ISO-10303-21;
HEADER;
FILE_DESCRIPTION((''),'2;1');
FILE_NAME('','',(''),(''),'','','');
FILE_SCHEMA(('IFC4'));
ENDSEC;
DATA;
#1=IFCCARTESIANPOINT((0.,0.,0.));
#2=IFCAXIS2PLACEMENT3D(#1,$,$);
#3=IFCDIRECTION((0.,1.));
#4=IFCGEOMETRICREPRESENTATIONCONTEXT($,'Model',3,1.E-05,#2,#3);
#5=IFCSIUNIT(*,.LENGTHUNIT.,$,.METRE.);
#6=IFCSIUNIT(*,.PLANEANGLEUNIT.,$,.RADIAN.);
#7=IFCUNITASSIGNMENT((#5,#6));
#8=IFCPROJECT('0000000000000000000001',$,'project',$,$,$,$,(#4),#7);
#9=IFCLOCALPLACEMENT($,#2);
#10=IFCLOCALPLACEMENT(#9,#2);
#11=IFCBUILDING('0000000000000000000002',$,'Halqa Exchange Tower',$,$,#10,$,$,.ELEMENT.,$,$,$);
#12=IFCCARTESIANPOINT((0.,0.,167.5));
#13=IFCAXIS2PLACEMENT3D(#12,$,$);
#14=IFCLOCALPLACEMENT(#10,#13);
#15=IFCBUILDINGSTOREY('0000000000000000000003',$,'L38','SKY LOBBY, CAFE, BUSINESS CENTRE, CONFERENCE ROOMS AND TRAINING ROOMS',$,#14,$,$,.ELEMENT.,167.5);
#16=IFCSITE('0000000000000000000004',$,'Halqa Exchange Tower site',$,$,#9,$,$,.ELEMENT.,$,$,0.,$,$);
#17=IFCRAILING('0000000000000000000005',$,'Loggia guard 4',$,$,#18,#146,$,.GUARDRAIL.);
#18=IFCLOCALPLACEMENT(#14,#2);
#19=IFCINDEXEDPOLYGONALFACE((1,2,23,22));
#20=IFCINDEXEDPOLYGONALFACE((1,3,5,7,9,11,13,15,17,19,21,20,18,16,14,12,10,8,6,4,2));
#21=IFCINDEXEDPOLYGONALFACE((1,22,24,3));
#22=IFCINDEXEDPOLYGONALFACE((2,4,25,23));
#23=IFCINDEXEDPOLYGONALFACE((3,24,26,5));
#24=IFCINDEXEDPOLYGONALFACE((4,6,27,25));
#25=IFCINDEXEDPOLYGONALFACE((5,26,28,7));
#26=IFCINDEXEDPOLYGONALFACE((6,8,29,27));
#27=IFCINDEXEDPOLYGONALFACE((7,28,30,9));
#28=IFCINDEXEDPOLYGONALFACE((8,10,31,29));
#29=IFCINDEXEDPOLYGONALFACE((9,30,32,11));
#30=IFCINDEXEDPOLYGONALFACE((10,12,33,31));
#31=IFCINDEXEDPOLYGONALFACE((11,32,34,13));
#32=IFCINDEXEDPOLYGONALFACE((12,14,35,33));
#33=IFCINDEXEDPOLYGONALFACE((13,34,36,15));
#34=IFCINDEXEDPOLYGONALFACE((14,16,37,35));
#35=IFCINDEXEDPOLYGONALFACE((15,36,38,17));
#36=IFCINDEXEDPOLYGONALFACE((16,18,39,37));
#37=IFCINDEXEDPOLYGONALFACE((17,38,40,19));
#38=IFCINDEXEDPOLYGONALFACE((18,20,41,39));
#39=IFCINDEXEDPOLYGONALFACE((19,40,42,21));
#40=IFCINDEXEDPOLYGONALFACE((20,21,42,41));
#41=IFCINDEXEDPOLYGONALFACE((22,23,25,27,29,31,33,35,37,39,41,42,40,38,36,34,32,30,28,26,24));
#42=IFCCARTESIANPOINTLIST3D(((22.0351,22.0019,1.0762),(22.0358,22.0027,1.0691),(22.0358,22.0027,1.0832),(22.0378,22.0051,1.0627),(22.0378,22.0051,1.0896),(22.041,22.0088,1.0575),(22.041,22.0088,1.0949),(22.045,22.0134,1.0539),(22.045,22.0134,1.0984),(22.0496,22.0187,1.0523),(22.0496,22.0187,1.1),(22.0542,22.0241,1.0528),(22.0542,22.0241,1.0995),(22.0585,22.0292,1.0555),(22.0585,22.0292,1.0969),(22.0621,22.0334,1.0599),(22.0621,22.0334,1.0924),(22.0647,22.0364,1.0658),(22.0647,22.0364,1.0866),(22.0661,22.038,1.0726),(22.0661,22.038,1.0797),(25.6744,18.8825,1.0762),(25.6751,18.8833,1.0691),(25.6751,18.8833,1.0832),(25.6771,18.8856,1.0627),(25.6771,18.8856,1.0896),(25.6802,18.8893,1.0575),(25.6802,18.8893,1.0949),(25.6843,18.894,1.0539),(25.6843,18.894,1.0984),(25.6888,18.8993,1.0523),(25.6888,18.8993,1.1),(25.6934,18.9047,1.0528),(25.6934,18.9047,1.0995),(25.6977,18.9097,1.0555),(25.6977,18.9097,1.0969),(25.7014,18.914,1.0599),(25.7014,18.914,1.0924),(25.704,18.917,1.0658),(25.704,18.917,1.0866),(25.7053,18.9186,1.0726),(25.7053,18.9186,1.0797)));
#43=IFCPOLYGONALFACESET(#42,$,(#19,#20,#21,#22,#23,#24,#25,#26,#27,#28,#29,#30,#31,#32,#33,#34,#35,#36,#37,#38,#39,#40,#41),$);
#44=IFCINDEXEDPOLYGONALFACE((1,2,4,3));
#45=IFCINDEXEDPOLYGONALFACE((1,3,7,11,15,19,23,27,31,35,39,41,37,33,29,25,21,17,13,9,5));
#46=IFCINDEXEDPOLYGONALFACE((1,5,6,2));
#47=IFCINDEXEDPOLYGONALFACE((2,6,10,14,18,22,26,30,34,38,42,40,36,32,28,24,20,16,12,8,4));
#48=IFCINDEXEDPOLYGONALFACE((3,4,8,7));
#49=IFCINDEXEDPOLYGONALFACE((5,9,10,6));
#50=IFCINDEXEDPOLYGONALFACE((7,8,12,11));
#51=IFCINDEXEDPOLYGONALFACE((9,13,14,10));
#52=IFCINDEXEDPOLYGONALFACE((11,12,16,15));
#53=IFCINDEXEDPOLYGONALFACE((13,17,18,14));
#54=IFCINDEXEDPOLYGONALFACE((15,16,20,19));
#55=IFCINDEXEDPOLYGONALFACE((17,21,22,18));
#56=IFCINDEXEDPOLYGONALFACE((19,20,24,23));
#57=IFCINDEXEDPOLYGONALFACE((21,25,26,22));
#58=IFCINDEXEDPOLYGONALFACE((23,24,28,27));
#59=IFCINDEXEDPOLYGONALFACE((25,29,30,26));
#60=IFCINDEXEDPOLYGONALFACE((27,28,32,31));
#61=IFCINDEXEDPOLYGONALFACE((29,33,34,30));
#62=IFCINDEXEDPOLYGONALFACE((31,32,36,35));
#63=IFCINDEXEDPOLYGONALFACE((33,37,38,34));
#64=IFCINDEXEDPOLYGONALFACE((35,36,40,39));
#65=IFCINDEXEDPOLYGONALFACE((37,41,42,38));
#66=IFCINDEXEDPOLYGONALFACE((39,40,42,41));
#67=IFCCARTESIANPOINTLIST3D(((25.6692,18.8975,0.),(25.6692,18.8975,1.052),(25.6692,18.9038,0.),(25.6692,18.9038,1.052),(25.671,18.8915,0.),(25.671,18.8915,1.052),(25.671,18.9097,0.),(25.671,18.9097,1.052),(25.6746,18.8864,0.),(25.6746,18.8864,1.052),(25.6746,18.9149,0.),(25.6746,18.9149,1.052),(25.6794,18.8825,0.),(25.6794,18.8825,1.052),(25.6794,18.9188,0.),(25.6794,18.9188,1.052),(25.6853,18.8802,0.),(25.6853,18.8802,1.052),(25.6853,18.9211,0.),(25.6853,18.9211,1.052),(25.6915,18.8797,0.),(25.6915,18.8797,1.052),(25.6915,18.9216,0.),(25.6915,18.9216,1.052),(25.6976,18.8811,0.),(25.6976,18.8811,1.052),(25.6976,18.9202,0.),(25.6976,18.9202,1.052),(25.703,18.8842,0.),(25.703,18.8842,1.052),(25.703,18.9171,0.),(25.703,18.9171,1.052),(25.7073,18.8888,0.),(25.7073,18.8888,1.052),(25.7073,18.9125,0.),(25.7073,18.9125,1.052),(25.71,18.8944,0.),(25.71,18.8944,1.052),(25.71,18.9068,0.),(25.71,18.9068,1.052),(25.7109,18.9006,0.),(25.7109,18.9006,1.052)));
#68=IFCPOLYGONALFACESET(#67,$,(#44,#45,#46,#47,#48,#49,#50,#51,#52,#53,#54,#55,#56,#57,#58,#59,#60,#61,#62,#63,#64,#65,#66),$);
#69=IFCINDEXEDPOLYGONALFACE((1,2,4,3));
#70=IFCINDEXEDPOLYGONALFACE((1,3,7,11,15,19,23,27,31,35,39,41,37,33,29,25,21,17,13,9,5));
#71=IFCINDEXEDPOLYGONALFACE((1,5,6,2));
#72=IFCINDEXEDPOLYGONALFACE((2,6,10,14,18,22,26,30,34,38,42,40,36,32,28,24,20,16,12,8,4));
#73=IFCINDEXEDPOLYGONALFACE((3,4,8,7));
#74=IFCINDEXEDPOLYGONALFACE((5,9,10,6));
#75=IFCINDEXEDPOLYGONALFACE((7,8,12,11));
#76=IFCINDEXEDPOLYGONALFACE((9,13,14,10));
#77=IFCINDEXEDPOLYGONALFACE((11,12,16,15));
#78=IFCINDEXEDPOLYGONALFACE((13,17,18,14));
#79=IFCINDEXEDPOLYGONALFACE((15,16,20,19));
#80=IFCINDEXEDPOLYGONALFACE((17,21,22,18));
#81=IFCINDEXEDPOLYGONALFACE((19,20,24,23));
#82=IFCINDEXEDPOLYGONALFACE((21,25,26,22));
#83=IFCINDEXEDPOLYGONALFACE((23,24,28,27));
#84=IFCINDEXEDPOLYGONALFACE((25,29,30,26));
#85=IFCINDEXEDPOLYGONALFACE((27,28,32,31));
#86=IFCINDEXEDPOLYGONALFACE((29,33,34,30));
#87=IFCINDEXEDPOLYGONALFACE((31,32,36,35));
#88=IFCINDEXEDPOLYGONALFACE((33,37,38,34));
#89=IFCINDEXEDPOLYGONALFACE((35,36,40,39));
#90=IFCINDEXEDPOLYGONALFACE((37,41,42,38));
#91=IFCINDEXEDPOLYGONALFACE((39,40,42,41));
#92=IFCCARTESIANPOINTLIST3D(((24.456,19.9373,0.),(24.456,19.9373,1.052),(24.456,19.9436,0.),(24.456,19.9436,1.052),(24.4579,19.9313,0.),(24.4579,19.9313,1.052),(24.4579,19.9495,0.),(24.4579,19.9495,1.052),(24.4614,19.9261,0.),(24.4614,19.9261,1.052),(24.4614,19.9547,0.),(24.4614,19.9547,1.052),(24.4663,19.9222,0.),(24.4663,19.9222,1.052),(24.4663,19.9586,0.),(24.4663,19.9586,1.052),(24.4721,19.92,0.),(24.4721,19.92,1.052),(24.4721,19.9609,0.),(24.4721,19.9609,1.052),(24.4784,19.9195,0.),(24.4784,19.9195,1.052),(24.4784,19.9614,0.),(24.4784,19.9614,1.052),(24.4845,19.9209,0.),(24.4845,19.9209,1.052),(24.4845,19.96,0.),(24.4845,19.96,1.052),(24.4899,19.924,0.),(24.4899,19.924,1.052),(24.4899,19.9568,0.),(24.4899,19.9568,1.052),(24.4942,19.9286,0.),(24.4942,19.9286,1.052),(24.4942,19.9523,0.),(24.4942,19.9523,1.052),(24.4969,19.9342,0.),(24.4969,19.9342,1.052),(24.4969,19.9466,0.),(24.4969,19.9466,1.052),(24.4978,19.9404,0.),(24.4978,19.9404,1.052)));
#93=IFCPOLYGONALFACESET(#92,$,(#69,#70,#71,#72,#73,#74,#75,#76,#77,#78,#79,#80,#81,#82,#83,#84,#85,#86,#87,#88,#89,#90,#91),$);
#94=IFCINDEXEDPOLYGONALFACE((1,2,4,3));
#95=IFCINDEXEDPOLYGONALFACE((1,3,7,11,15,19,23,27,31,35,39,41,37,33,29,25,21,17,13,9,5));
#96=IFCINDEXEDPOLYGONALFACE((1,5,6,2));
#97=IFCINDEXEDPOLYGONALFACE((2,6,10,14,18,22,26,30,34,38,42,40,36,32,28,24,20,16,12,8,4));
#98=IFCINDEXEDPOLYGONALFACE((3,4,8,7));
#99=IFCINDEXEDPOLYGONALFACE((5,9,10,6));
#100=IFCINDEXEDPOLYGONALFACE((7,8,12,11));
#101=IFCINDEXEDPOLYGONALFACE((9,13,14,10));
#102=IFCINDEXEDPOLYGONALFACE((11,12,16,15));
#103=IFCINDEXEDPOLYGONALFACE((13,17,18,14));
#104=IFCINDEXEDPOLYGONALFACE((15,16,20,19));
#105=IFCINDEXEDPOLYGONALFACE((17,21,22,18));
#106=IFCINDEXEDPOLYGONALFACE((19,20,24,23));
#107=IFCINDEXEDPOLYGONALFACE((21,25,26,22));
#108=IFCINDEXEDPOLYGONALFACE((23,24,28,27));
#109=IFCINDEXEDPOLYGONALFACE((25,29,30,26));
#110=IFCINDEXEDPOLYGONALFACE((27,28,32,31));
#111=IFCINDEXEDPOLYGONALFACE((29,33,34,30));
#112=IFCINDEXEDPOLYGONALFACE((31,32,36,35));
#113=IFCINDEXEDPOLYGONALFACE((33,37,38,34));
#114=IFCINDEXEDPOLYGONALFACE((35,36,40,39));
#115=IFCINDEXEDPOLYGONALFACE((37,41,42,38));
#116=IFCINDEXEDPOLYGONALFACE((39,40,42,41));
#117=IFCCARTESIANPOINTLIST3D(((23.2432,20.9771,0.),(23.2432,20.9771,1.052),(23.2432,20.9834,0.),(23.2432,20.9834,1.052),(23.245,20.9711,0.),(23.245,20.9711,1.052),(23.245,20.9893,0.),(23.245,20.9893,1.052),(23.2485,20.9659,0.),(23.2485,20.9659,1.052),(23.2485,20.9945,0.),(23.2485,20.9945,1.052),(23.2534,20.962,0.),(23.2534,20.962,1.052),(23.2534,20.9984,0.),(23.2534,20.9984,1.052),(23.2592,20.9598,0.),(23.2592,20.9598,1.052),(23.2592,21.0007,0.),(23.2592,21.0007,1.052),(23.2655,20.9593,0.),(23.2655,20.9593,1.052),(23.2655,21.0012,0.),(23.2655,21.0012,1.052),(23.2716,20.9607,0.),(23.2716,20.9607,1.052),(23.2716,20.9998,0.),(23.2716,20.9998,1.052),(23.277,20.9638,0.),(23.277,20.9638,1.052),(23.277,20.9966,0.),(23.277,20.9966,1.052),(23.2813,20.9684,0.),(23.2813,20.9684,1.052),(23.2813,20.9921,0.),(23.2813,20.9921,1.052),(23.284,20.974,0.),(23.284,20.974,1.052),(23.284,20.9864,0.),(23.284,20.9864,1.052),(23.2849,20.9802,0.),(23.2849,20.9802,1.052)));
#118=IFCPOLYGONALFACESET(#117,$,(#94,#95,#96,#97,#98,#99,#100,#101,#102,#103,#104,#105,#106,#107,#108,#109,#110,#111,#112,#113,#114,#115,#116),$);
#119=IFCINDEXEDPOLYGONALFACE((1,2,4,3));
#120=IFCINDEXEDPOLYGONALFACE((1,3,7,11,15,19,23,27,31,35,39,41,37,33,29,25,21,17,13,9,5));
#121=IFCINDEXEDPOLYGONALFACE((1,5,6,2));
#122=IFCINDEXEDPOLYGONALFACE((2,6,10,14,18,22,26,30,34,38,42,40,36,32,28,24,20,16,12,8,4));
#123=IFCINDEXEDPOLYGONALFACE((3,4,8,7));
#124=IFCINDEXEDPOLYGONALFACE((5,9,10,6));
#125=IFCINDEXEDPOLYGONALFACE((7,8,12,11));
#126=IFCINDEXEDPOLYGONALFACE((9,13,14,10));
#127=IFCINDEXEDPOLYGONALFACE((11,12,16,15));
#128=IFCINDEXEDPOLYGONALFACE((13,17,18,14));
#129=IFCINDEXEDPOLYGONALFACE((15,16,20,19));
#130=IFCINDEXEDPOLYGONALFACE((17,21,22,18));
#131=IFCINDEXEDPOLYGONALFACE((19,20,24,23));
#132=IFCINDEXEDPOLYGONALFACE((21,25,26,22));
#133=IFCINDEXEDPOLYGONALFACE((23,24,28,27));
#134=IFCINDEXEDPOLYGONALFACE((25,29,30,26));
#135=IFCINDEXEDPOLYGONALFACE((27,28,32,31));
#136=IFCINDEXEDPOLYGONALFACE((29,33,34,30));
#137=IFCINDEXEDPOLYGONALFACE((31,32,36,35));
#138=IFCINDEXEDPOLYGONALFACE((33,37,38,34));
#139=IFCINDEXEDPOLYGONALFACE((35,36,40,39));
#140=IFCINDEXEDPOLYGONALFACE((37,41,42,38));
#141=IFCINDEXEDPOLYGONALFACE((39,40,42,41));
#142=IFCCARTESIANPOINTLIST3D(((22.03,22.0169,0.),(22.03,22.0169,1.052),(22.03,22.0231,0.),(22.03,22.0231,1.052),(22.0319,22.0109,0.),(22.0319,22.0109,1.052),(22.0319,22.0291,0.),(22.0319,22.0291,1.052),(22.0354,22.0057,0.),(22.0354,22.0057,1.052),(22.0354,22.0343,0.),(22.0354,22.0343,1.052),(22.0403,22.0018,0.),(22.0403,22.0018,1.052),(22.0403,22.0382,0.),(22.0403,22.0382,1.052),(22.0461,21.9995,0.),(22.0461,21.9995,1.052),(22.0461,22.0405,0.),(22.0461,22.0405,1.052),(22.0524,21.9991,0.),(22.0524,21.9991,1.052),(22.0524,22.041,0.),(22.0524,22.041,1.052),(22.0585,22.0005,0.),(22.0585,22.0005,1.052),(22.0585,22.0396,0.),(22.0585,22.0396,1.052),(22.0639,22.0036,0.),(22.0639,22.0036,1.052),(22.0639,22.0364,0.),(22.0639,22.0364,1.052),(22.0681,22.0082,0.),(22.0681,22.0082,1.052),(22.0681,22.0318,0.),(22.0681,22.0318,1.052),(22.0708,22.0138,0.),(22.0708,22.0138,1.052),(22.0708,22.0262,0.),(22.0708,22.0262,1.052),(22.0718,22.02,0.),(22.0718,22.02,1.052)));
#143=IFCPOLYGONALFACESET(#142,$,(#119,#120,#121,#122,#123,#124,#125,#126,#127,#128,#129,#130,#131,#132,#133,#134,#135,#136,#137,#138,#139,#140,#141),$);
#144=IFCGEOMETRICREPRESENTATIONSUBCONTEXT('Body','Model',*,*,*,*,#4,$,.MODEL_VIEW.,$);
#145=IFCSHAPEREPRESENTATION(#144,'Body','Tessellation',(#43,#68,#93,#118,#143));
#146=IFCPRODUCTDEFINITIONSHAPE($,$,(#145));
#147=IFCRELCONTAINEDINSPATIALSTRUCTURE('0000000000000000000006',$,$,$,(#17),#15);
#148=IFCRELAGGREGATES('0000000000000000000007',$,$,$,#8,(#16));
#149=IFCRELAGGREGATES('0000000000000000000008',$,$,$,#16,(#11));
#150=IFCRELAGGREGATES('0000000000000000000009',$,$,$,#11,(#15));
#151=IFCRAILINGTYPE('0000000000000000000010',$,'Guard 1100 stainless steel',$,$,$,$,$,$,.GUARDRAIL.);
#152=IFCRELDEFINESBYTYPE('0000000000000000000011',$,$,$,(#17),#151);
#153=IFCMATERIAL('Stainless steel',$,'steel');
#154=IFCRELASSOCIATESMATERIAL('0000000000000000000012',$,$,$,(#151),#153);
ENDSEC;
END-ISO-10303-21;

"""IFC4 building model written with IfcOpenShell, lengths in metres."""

from ifc_helpers import new_model, si_unit, direction, frame, origin, origin_2d, place, context, subcontext, project, spatial, circle, extrude, material, type_object, element, save


model = new_model("IFC4")

# Units and contexts
model_context = context("Model", 3, precision=1e-05, world=origin(), true_north=direction((0.0, 1.0)))
body_context = subcontext(model_context, "Body", "Model", "MODEL_VIEW")
ifc_project = project(units=[si_unit("LENGTHUNIT", "METRE"), si_unit("PLANEANGLEUNIT", "RADIAN")], contexts=[model_context])

# Site, building, storey
site_placement = place(None, origin())
site = spatial("IfcSite", under=ifc_project, at=site_placement, Name="Halqa Exchange Tower site", CompositionType="ELEMENT", RefElevation=0.0)
building_placement = place(site_placement, origin())
building = spatial("IfcBuilding", under=site, at=building_placement, Name="Halqa Exchange Tower", CompositionType="ELEMENT")
storey_placement = place(building_placement, frame((0.0, 0.0, 167.5)))
storey = spatial("IfcBuildingStorey", under=building, at=storey_placement, Name="L38", Description="SKY LOBBY, CAFE, BUSINESS CENTRE, CONFERENCE ROOMS AND TRAINING ROOMS", CompositionType="ELEMENT", Elevation=167.5)

# Railing
ifc_material_1 = material(Name="Stainless steel", Category="steel")
railing_type = type_object("IfcRailingType", Name="Guard 1100 stainless steel", PredefinedType="GUARDRAIL", material=ifc_material_1)
railing_1_placement = place(storey_placement, frame((25.6899, 18.9006, 0.0)))
element("IfcRailing", 1, at=railing_1_placement, inside=storey, type_object=railing_type, Name="Loggia guard 4", PredefinedType="GUARDRAIL", context=body_context, shape_type="SweptSolid", body=[
    extrude(circle(Radius=0.0239, at=origin_2d()), frame((0.0, 0.0, 1.0762), z_axis=(-0.759246, 0.650804, 0.0), x_axis=(-0.650804, -0.759246, 0.0)), (0.0, 0.0, 1.0), 4.7932),
    extrude(circle(Radius=0.021, at=origin_2d()), origin(), (0.0, 0.0, 1.0), 1.052),
    extrude(circle(Radius=0.021, at=origin_2d()), frame((-1.2131, 1.0398, 0.0)), (0.0, 0.0, 1.0), 1.052),
    extrude(circle(Radius=0.021, at=origin_2d()), frame((-2.426, 2.0796, 0.0)), (0.0, 0.0, 1.0), 1.052),
    extrude(circle(Radius=0.021, at=origin_2d()), frame((-3.6392, 3.1194, 0.0)), (0.0, 0.0, 1.0), 1.052),
])

save(model, "model.ifc")
